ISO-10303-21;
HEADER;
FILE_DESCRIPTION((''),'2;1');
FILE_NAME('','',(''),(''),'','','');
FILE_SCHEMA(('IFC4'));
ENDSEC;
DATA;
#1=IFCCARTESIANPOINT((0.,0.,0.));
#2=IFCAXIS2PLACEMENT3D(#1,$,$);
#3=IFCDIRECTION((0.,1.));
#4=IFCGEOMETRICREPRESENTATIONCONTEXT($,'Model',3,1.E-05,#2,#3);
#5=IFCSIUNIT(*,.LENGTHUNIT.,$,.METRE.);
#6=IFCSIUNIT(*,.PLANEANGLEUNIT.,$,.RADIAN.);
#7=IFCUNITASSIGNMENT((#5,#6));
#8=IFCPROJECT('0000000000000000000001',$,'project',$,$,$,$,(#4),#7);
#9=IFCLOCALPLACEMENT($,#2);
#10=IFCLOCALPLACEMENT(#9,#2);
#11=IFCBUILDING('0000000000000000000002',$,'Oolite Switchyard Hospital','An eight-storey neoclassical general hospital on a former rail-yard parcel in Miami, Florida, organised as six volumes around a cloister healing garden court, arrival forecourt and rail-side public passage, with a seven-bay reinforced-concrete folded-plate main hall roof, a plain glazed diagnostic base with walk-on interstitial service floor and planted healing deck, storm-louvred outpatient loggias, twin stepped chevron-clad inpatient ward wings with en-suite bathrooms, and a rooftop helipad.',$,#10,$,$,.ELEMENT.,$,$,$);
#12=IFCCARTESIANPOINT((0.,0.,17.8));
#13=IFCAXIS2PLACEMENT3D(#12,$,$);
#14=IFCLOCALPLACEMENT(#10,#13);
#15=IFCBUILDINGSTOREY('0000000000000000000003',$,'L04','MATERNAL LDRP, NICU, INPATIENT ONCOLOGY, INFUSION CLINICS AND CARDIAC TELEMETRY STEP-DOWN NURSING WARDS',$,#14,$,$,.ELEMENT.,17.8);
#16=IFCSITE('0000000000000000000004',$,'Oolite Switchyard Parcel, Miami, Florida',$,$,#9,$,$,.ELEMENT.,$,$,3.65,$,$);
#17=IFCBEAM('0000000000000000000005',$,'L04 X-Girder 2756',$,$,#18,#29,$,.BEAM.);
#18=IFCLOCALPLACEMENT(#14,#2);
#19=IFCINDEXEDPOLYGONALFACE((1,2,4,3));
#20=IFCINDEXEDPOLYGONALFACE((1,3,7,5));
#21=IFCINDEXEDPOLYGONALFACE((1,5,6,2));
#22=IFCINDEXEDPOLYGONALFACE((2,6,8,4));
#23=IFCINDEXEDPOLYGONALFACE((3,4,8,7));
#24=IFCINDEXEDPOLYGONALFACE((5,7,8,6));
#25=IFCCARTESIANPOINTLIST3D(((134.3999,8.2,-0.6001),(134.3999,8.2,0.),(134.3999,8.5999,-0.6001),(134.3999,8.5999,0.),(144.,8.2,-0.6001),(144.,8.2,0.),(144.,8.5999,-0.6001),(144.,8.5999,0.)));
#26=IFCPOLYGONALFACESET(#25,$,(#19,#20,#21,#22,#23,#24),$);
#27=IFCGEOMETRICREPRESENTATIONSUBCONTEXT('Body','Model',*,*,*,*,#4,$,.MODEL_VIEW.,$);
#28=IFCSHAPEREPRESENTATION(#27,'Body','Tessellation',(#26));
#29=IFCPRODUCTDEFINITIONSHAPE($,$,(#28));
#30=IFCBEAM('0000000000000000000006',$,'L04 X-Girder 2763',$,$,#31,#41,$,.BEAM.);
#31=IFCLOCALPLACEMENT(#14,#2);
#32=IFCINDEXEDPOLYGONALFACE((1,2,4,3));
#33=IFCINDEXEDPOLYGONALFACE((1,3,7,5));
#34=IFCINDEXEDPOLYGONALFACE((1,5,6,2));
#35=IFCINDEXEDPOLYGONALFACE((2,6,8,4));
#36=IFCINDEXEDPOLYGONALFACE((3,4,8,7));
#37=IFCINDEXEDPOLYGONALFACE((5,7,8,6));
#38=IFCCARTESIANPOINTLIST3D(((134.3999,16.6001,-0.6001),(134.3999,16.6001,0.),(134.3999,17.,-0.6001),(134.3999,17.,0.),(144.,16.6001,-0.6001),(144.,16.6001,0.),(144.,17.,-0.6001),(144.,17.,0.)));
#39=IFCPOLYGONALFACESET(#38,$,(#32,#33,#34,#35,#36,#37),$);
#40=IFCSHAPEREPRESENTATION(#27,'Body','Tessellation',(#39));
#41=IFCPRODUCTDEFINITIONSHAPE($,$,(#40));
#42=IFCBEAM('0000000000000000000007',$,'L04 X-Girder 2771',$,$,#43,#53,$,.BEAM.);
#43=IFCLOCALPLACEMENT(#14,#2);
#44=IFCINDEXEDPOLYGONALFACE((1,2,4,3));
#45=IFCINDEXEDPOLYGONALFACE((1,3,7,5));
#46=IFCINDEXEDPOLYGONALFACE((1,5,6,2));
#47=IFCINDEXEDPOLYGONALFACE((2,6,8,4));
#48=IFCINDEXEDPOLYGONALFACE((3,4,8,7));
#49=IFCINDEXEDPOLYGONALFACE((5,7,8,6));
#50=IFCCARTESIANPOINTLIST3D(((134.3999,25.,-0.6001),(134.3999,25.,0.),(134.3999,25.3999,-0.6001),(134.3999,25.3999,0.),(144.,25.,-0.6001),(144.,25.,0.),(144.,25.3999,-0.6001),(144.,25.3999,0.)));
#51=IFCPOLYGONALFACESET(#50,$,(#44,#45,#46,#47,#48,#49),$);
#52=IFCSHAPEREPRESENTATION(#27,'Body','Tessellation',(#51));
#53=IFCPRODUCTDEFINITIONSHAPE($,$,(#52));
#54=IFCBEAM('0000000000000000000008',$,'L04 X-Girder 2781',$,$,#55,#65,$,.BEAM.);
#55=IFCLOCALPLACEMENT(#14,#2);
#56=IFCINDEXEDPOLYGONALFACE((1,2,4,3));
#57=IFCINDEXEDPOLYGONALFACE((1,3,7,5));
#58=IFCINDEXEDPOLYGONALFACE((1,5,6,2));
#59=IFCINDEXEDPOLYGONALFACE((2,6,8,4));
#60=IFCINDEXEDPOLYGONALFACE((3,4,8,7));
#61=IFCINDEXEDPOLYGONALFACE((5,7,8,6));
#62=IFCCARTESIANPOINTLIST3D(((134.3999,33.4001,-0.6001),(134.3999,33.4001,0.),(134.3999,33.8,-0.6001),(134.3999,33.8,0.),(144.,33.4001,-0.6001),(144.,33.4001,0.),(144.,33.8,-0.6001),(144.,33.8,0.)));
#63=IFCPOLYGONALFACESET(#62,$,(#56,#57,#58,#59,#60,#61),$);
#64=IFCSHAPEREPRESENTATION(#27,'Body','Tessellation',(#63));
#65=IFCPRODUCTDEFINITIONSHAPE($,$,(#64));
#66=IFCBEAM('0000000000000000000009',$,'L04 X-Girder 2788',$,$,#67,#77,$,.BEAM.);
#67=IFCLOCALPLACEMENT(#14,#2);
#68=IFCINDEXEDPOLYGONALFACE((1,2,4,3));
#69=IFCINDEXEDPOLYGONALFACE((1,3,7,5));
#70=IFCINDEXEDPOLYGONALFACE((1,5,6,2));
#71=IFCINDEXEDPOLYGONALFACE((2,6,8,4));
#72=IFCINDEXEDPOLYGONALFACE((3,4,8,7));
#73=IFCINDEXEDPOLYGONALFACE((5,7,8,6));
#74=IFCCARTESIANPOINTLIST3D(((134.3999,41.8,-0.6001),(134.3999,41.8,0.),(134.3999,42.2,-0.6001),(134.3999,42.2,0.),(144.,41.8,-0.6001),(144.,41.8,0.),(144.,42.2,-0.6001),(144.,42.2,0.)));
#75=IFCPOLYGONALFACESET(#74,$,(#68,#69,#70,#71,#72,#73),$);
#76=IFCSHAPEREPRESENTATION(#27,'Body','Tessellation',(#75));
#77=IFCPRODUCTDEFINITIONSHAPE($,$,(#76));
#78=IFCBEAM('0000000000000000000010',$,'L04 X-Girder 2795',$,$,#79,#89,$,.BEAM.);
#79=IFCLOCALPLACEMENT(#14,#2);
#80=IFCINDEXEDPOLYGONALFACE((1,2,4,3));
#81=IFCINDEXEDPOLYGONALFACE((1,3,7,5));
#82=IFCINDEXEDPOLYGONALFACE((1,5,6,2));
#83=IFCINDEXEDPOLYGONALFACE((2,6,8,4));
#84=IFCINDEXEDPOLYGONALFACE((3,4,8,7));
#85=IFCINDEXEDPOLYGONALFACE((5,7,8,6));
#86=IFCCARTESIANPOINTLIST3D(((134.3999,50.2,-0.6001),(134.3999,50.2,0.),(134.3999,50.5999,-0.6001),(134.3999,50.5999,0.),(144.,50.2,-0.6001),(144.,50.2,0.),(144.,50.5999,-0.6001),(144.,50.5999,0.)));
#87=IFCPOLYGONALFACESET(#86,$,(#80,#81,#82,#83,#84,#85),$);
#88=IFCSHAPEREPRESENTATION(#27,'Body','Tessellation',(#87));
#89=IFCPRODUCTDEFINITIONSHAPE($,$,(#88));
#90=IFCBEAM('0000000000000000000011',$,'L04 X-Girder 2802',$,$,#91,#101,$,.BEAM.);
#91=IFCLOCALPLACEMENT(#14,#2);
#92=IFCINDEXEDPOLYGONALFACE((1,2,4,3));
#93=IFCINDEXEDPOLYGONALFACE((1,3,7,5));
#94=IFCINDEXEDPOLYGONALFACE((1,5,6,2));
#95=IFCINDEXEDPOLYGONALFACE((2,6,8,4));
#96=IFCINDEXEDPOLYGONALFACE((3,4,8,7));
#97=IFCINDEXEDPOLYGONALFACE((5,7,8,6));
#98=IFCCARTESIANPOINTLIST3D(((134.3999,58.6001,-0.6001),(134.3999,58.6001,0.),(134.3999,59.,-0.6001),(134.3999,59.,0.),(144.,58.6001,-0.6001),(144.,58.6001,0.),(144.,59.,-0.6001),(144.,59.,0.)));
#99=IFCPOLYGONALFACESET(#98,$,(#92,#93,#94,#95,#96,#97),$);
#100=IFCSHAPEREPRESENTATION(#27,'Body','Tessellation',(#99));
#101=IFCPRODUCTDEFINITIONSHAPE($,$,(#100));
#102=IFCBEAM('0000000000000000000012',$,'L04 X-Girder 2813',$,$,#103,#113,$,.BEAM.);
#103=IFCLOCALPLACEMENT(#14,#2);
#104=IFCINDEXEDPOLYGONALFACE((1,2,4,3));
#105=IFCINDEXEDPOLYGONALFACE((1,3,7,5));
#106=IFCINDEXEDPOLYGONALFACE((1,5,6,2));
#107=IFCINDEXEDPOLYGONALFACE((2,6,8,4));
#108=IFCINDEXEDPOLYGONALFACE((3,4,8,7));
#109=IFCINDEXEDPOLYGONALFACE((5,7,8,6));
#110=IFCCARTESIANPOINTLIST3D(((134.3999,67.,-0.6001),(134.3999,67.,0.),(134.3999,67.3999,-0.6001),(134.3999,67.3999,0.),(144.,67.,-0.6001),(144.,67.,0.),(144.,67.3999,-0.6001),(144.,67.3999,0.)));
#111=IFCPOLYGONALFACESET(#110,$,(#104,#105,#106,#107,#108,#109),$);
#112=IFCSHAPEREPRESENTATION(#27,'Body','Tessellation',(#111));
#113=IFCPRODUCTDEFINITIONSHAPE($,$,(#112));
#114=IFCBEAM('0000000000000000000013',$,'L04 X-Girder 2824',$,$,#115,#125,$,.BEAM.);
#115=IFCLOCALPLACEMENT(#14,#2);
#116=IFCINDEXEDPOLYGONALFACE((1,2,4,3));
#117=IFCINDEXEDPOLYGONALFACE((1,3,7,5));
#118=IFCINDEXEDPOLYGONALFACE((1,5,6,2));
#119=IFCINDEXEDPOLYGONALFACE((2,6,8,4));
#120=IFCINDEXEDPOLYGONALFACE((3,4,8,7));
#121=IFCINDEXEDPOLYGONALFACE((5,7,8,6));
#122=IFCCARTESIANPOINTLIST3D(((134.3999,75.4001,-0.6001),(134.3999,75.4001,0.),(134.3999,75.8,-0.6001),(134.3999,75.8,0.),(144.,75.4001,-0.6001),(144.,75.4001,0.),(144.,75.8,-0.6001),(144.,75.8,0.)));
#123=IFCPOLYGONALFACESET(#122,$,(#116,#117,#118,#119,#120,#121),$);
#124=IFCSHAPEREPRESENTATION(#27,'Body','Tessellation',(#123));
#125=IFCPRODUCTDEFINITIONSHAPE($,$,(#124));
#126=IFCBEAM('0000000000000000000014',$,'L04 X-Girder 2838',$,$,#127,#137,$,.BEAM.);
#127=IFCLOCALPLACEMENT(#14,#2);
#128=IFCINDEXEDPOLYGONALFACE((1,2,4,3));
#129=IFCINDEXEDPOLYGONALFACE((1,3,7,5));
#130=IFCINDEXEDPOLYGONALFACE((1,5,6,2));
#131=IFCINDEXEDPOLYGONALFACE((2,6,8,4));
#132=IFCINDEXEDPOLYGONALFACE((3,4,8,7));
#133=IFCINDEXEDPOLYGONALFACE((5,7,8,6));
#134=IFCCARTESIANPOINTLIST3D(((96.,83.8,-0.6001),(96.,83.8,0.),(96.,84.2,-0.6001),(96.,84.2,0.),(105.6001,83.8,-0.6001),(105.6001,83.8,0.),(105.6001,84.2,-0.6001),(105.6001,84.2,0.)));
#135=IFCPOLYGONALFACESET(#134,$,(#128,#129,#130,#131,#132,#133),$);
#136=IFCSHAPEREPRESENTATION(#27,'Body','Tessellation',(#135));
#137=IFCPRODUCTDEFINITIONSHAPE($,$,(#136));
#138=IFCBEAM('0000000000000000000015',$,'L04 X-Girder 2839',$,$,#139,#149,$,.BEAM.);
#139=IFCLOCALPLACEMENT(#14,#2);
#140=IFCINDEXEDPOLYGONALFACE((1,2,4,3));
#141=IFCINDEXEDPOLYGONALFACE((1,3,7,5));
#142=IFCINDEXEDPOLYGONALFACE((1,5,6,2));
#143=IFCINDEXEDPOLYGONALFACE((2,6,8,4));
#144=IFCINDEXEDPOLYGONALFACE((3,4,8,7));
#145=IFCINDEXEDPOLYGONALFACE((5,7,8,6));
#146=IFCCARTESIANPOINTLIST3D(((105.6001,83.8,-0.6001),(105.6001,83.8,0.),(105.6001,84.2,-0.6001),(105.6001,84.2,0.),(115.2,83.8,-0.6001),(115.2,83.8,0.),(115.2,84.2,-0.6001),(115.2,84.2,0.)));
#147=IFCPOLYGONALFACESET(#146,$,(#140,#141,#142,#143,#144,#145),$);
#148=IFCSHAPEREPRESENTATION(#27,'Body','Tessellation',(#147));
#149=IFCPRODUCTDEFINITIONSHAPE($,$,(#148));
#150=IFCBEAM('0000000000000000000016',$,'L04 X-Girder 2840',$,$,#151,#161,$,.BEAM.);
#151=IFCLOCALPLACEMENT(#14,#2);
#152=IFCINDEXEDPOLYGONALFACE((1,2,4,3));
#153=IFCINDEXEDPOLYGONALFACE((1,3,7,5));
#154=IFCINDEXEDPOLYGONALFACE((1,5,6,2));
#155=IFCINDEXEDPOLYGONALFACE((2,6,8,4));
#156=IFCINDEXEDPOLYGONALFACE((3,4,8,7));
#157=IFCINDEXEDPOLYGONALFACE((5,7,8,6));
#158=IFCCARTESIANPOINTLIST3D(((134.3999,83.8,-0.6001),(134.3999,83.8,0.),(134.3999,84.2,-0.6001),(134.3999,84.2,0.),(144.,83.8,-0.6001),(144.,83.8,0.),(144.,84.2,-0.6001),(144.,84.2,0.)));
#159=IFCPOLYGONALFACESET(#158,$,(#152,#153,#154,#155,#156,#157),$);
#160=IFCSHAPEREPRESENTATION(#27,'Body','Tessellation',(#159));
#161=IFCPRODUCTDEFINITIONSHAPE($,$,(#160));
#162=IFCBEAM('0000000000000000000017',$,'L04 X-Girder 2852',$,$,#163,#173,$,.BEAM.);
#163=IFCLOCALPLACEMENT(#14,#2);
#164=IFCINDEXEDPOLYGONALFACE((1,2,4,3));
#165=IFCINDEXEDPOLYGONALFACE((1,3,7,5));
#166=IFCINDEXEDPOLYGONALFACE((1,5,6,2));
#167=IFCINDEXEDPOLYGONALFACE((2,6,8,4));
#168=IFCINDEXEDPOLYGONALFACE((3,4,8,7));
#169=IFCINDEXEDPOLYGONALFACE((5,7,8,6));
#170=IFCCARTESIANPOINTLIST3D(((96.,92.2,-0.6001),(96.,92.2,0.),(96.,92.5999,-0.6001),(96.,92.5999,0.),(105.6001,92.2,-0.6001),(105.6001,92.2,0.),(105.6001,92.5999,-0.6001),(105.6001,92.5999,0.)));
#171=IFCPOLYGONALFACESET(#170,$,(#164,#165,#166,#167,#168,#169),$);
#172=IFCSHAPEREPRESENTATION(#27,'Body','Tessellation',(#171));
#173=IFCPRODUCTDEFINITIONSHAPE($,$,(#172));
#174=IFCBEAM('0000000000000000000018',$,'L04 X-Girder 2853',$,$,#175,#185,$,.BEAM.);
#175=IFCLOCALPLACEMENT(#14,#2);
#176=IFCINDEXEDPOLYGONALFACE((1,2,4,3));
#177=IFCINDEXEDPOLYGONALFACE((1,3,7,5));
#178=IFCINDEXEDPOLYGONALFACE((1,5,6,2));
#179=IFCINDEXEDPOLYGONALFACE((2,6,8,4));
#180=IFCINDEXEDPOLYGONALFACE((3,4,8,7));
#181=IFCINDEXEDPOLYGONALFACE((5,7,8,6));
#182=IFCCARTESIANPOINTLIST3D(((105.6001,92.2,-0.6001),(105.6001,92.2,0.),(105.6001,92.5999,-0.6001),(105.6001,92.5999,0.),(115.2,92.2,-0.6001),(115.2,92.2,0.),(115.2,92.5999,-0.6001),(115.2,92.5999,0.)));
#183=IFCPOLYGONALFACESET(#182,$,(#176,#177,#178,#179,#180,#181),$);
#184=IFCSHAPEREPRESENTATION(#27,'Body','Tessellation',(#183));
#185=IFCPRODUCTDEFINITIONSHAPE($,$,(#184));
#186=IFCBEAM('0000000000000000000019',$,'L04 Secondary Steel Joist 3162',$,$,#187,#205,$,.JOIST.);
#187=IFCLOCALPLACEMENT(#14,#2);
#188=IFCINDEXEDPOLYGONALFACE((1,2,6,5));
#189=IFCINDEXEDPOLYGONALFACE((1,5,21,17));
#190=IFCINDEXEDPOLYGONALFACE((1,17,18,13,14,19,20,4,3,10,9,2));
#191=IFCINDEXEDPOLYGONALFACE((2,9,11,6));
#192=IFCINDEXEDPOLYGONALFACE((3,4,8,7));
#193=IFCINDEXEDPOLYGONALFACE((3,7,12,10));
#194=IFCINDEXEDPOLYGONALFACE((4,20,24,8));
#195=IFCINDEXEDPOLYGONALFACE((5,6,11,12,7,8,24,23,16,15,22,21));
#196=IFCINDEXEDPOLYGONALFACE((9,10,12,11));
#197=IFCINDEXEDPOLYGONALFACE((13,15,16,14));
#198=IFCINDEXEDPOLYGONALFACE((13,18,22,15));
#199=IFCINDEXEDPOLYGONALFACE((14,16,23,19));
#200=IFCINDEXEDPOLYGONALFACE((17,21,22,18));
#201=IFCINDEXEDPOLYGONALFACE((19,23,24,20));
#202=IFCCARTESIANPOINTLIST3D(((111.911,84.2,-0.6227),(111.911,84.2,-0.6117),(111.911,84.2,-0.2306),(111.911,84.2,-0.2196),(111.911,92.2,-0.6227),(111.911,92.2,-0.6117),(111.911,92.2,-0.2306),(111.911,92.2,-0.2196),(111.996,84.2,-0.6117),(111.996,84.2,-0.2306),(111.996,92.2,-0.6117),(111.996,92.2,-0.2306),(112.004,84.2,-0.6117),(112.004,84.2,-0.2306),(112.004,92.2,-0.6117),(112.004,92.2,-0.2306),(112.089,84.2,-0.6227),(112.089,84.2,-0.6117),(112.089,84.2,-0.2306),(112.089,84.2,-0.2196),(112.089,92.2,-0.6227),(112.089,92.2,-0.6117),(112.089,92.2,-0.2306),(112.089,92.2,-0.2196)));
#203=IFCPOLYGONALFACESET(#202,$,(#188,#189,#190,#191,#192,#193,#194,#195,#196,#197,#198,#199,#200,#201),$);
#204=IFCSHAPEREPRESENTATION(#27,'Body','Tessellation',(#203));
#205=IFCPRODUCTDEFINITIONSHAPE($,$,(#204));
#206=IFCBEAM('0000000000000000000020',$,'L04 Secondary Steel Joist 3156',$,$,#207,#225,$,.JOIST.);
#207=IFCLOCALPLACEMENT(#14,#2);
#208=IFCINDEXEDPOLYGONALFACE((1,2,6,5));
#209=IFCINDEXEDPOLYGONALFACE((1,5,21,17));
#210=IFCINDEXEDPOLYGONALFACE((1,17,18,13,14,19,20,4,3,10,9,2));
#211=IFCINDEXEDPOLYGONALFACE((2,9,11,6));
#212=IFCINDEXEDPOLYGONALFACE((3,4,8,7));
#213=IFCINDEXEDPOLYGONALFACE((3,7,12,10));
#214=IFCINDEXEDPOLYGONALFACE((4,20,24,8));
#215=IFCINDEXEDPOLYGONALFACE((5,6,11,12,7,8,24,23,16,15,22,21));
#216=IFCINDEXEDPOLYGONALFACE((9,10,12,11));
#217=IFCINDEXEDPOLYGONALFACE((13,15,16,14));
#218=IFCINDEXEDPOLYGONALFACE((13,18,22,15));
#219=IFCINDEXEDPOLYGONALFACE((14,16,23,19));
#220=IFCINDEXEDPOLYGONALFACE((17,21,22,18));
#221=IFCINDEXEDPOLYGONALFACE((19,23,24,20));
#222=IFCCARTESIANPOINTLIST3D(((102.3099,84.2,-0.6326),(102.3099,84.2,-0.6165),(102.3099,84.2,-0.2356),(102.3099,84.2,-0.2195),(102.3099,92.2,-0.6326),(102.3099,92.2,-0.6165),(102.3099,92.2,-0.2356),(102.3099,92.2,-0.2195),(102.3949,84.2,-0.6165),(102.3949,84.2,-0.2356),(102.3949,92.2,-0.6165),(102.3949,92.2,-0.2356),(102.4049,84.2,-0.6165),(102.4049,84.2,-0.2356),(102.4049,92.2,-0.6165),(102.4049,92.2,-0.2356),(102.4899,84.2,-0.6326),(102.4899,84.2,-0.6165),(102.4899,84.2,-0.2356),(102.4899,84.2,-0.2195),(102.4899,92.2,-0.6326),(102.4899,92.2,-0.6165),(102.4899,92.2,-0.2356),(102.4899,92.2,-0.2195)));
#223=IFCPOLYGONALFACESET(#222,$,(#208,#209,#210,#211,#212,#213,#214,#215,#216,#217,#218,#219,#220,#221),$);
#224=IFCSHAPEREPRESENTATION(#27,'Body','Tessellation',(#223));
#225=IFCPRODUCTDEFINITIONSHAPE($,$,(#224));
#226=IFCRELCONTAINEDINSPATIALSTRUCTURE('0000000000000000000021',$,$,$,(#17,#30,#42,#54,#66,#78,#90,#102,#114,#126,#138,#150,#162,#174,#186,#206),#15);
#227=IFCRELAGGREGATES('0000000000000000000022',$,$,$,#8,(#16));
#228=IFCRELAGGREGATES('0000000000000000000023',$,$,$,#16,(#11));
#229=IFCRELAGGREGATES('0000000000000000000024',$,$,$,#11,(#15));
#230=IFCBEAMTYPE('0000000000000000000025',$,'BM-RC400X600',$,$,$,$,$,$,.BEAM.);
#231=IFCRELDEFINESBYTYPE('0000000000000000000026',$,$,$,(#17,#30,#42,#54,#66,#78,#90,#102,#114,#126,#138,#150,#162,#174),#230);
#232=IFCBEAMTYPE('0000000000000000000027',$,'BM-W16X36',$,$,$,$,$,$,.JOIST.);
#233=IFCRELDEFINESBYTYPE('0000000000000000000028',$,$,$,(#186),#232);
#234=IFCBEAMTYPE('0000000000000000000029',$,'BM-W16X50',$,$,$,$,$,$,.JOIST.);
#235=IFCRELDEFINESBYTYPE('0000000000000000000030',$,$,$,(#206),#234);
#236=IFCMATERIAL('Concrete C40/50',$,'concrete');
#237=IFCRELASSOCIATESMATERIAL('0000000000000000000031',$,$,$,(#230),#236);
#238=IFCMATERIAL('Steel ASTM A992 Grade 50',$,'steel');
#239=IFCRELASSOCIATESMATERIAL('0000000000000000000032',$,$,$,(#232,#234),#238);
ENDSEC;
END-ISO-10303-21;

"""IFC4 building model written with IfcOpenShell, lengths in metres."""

from ifc_helpers import new_model, si_unit, direction, frame, origin, origin_2d, place, context, subcontext, project, spatial, rectangle, i_section, extrude, material, material_profile, profile_set, type_object, element, save


model = new_model("IFC4")

# Units and contexts
model_context = context("Model", 3, precision=1e-05, world=origin(), true_north=direction((0.0, 1.0)))
body_context = subcontext(model_context, "Body", "Model", "MODEL_VIEW")
ifc_project = project(units=[si_unit("LENGTHUNIT", "METRE"), si_unit("PLANEANGLEUNIT", "RADIAN")], contexts=[model_context])

# Site, building, storey
site_placement = place(None, origin())
site = spatial("IfcSite", under=ifc_project, at=site_placement, Name="Oolite Switchyard Parcel, Miami, Florida", CompositionType="ELEMENT", RefElevation=3.65)
building_placement = place(site_placement, origin())
building = spatial("IfcBuilding", under=site, at=building_placement, Name="Oolite Switchyard Hospital", Description="An eight-storey neoclassical general hospital on a former rail-yard parcel in Miami, Florida, organised as six volumes around a cloister healing garden court, arrival forecourt and rail-side public passage, with a seven-bay reinforced-concrete folded-plate main hall roof, a plain glazed diagnostic base with walk-on interstitial service floor and planted healing deck, storm-louvred outpatient loggias, twin stepped chevron-clad inpatient ward wings with en-suite bathrooms, and a rooftop helipad.", CompositionType="ELEMENT")
storey_placement = place(building_placement, frame((0.0, 0.0, 17.8)))
storey = spatial("IfcBuildingStorey", under=building, at=storey_placement, Name="L04", Description="MATERNAL LDRP, NICU, INPATIENT ONCOLOGY, INFUSION CLINICS AND CARDIAC TELEMETRY STEP-DOWN NURSING WARDS", CompositionType="ELEMENT", Elevation=17.8)

# Beams
ifc_material_1 = material(Name="Concrete C40/50", Category="concrete")
ifc_material_profile_1 = material_profile(ifc_material_1, rectangle(XDim=0.3999, YDim=0.6001, at=origin_2d()), Name="RCB400X600")
ifc_profile_set_1 = profile_set([ifc_material_profile_1], Name="Concrete C40/50")
beam_type_1 = type_object("IfcBeamType", Name="BM-RC400X600", PredefinedType="BEAM", material=ifc_profile_set_1)
for number, where, z_axis, x_axis, name in (
    (1, (134.3999, 8.3999, -0.3), (1.0, 0.0, 0.0), (0.0, 1.0, 0.0), "L04 X-Girder 2756"),
    (2, (134.3999, 16.8, -0.3), (1.0, 0.0, 0.0), (0.0, 1.0, 0.0), "L04 X-Girder 2763"),
    (3, (134.3999, 25.2, -0.3), (1.0, 0.0, 0.0), (0.0, 1.0, 0.0), "L04 X-Girder 2771"),
    (4, (134.3999, 33.6001, -0.3), (1.0, 0.0, 0.0), (0.0, 1.0, 0.0), "L04 X-Girder 2781"),
    (5, (134.3999, 42.0, -0.3), (1.0, 0.0, 0.0), (0.0, 1.0, 0.0), "L04 X-Girder 2788"),
    (6, (134.3999, 50.3999, -0.3), (1.0, 0.0, 0.0), (0.0, 1.0, 0.0), "L04 X-Girder 2795"),
    (7, (134.3999, 58.8, -0.3), (1.0, 0.0, 0.0), (0.0, 1.0, 0.0), "L04 X-Girder 2802"),
    (8, (134.3999, 67.2, -0.3), (1.0, 0.0, 0.0), (0.0, 1.0, 0.0), "L04 X-Girder 2813"),
    (9, (134.3999, 75.6001, -0.3), (1.0, 0.0, 0.0), (0.0, 1.0, 0.0), "L04 X-Girder 2824"),
    (10, (96.0, 84.0, -0.3), (1.0, 0.0, 0.0), (0.0, 1.0, 0.0), "L04 X-Girder 2838"),
):
    element("IfcBeam", number, at=place(storey_placement, frame(where, z_axis=z_axis, x_axis=x_axis)), inside=storey, type_object=beam_type_1, Name=name, PredefinedType="BEAM", context=body_context, shape_type="SweptSolid", body=[
        extrude(rectangle(XDim=0.3999, YDim=0.6001, at=origin_2d()), origin(), (0.0, 0.0, 1.0), 9.6001),
    ])
beam_1_placement = place(storey_placement, frame((105.6001, 84.0, -0.3), z_axis=(1.0, 0.0, 0.0), x_axis=(0.0, 1.0, 0.0)))
element("IfcBeam", 11, at=beam_1_placement, inside=storey, type_object=beam_type_1, Name="L04 X-Girder 2839", PredefinedType="BEAM", context=body_context, shape_type="SweptSolid", body=[
    extrude(rectangle(XDim=0.3999, YDim=0.6001, at=origin_2d()), origin(), (0.0, 0.0, 1.0), 9.5999),
])
for number, where, z_axis, x_axis, name in (
    (12, (134.3999, 84.0, -0.3), (1.0, 0.0, 0.0), (0.0, 1.0, 0.0), "L04 X-Girder 2840"),
    (13, (96.0, 92.3999, -0.3), (1.0, 0.0, 0.0), (0.0, 1.0, 0.0), "L04 X-Girder 2852"),
):
    element("IfcBeam", number, at=place(storey_placement, frame(where, z_axis=z_axis, x_axis=x_axis)), inside=storey, type_object=beam_type_1, Name=name, PredefinedType="BEAM", context=body_context, shape_type="SweptSolid", body=[
        extrude(rectangle(XDim=0.3999, YDim=0.6001, at=origin_2d()), origin(), (0.0, 0.0, 1.0), 9.6001),
    ])
beam_2_placement = place(storey_placement, frame((105.6001, 92.3999, -0.3), z_axis=(1.0, 0.0, 0.0), x_axis=(0.0, 1.0, 0.0)))
element("IfcBeam", 14, at=beam_2_placement, inside=storey, type_object=beam_type_1, Name="L04 X-Girder 2853", PredefinedType="BEAM", context=body_context, shape_type="SweptSolid", body=[
    extrude(rectangle(XDim=0.3999, YDim=0.6001, at=origin_2d()), origin(), (0.0, 0.0, 1.0), 9.5999),
])
ifc_material_2 = material(Name="Steel ASTM A992 Grade 50", Category="steel")
ifc_material_profile_2 = material_profile(ifc_material_2, i_section(OverallWidth=0.178, OverallDepth=0.4031, WebThickness=0.0081, FlangeThickness=0.011, at=origin_2d()), Name="W16X36")
ifc_profile_set_2 = profile_set([ifc_material_profile_2], Name="Steel ASTM A992 Grade 50")
beam_type_2 = type_object("IfcBeamType", Name="BM-W16X36", PredefinedType="JOIST", material=ifc_profile_set_2)
beam_3_placement = place(storey_placement, frame((112.0, 84.2, -0.4211), z_axis=(0.0, 1.0, 0.0), x_axis=(-1.0, 0.0, 0.0)))
element("IfcBeam", 15, at=beam_3_placement, inside=storey, type_object=beam_type_2, Name="L04 Secondary Steel Joist 3162", PredefinedType="JOIST", context=body_context, shape_type="SweptSolid", body=[
    extrude(i_section(OverallWidth=0.178, OverallDepth=0.4031, WebThickness=0.0081, FlangeThickness=0.011, at=origin_2d()), origin(), (0.0, 0.0, 1.0), 8.0),
])
ifc_material_profile_3 = material_profile(ifc_material_2, i_section(OverallWidth=0.1799, OverallDepth=0.4131, WebThickness=0.01, FlangeThickness=0.0161, at=origin_2d()), Name="W16X50")
ifc_profile_set_3 = profile_set([ifc_material_profile_3], Name="Steel ASTM A992 Grade 50")
beam_type_3 = type_object("IfcBeamType", Name="BM-W16X50", PredefinedType="JOIST", material=ifc_profile_set_3)
for number, where, z_axis, x_axis, name in (
    (16, (102.3999, 84.2, -0.426), (0.0, 1.0, 0.0), (-1.0, 0.0, 0.0), "L04 Secondary Steel Joist 3156"),
):
    element("IfcBeam", number, at=place(storey_placement, frame(where, z_axis=z_axis, x_axis=x_axis)), inside=storey, type_object=beam_type_3, Name=name, PredefinedType="JOIST", context=body_context, shape_type="SweptSolid", body=[
        extrude(i_section(OverallWidth=0.1799, OverallDepth=0.4131, WebThickness=0.01, FlangeThickness=0.0161, at=origin_2d()), origin(), (0.0, 0.0, 1.0), 8.0),
    ])

save(model, "model.ifc")
